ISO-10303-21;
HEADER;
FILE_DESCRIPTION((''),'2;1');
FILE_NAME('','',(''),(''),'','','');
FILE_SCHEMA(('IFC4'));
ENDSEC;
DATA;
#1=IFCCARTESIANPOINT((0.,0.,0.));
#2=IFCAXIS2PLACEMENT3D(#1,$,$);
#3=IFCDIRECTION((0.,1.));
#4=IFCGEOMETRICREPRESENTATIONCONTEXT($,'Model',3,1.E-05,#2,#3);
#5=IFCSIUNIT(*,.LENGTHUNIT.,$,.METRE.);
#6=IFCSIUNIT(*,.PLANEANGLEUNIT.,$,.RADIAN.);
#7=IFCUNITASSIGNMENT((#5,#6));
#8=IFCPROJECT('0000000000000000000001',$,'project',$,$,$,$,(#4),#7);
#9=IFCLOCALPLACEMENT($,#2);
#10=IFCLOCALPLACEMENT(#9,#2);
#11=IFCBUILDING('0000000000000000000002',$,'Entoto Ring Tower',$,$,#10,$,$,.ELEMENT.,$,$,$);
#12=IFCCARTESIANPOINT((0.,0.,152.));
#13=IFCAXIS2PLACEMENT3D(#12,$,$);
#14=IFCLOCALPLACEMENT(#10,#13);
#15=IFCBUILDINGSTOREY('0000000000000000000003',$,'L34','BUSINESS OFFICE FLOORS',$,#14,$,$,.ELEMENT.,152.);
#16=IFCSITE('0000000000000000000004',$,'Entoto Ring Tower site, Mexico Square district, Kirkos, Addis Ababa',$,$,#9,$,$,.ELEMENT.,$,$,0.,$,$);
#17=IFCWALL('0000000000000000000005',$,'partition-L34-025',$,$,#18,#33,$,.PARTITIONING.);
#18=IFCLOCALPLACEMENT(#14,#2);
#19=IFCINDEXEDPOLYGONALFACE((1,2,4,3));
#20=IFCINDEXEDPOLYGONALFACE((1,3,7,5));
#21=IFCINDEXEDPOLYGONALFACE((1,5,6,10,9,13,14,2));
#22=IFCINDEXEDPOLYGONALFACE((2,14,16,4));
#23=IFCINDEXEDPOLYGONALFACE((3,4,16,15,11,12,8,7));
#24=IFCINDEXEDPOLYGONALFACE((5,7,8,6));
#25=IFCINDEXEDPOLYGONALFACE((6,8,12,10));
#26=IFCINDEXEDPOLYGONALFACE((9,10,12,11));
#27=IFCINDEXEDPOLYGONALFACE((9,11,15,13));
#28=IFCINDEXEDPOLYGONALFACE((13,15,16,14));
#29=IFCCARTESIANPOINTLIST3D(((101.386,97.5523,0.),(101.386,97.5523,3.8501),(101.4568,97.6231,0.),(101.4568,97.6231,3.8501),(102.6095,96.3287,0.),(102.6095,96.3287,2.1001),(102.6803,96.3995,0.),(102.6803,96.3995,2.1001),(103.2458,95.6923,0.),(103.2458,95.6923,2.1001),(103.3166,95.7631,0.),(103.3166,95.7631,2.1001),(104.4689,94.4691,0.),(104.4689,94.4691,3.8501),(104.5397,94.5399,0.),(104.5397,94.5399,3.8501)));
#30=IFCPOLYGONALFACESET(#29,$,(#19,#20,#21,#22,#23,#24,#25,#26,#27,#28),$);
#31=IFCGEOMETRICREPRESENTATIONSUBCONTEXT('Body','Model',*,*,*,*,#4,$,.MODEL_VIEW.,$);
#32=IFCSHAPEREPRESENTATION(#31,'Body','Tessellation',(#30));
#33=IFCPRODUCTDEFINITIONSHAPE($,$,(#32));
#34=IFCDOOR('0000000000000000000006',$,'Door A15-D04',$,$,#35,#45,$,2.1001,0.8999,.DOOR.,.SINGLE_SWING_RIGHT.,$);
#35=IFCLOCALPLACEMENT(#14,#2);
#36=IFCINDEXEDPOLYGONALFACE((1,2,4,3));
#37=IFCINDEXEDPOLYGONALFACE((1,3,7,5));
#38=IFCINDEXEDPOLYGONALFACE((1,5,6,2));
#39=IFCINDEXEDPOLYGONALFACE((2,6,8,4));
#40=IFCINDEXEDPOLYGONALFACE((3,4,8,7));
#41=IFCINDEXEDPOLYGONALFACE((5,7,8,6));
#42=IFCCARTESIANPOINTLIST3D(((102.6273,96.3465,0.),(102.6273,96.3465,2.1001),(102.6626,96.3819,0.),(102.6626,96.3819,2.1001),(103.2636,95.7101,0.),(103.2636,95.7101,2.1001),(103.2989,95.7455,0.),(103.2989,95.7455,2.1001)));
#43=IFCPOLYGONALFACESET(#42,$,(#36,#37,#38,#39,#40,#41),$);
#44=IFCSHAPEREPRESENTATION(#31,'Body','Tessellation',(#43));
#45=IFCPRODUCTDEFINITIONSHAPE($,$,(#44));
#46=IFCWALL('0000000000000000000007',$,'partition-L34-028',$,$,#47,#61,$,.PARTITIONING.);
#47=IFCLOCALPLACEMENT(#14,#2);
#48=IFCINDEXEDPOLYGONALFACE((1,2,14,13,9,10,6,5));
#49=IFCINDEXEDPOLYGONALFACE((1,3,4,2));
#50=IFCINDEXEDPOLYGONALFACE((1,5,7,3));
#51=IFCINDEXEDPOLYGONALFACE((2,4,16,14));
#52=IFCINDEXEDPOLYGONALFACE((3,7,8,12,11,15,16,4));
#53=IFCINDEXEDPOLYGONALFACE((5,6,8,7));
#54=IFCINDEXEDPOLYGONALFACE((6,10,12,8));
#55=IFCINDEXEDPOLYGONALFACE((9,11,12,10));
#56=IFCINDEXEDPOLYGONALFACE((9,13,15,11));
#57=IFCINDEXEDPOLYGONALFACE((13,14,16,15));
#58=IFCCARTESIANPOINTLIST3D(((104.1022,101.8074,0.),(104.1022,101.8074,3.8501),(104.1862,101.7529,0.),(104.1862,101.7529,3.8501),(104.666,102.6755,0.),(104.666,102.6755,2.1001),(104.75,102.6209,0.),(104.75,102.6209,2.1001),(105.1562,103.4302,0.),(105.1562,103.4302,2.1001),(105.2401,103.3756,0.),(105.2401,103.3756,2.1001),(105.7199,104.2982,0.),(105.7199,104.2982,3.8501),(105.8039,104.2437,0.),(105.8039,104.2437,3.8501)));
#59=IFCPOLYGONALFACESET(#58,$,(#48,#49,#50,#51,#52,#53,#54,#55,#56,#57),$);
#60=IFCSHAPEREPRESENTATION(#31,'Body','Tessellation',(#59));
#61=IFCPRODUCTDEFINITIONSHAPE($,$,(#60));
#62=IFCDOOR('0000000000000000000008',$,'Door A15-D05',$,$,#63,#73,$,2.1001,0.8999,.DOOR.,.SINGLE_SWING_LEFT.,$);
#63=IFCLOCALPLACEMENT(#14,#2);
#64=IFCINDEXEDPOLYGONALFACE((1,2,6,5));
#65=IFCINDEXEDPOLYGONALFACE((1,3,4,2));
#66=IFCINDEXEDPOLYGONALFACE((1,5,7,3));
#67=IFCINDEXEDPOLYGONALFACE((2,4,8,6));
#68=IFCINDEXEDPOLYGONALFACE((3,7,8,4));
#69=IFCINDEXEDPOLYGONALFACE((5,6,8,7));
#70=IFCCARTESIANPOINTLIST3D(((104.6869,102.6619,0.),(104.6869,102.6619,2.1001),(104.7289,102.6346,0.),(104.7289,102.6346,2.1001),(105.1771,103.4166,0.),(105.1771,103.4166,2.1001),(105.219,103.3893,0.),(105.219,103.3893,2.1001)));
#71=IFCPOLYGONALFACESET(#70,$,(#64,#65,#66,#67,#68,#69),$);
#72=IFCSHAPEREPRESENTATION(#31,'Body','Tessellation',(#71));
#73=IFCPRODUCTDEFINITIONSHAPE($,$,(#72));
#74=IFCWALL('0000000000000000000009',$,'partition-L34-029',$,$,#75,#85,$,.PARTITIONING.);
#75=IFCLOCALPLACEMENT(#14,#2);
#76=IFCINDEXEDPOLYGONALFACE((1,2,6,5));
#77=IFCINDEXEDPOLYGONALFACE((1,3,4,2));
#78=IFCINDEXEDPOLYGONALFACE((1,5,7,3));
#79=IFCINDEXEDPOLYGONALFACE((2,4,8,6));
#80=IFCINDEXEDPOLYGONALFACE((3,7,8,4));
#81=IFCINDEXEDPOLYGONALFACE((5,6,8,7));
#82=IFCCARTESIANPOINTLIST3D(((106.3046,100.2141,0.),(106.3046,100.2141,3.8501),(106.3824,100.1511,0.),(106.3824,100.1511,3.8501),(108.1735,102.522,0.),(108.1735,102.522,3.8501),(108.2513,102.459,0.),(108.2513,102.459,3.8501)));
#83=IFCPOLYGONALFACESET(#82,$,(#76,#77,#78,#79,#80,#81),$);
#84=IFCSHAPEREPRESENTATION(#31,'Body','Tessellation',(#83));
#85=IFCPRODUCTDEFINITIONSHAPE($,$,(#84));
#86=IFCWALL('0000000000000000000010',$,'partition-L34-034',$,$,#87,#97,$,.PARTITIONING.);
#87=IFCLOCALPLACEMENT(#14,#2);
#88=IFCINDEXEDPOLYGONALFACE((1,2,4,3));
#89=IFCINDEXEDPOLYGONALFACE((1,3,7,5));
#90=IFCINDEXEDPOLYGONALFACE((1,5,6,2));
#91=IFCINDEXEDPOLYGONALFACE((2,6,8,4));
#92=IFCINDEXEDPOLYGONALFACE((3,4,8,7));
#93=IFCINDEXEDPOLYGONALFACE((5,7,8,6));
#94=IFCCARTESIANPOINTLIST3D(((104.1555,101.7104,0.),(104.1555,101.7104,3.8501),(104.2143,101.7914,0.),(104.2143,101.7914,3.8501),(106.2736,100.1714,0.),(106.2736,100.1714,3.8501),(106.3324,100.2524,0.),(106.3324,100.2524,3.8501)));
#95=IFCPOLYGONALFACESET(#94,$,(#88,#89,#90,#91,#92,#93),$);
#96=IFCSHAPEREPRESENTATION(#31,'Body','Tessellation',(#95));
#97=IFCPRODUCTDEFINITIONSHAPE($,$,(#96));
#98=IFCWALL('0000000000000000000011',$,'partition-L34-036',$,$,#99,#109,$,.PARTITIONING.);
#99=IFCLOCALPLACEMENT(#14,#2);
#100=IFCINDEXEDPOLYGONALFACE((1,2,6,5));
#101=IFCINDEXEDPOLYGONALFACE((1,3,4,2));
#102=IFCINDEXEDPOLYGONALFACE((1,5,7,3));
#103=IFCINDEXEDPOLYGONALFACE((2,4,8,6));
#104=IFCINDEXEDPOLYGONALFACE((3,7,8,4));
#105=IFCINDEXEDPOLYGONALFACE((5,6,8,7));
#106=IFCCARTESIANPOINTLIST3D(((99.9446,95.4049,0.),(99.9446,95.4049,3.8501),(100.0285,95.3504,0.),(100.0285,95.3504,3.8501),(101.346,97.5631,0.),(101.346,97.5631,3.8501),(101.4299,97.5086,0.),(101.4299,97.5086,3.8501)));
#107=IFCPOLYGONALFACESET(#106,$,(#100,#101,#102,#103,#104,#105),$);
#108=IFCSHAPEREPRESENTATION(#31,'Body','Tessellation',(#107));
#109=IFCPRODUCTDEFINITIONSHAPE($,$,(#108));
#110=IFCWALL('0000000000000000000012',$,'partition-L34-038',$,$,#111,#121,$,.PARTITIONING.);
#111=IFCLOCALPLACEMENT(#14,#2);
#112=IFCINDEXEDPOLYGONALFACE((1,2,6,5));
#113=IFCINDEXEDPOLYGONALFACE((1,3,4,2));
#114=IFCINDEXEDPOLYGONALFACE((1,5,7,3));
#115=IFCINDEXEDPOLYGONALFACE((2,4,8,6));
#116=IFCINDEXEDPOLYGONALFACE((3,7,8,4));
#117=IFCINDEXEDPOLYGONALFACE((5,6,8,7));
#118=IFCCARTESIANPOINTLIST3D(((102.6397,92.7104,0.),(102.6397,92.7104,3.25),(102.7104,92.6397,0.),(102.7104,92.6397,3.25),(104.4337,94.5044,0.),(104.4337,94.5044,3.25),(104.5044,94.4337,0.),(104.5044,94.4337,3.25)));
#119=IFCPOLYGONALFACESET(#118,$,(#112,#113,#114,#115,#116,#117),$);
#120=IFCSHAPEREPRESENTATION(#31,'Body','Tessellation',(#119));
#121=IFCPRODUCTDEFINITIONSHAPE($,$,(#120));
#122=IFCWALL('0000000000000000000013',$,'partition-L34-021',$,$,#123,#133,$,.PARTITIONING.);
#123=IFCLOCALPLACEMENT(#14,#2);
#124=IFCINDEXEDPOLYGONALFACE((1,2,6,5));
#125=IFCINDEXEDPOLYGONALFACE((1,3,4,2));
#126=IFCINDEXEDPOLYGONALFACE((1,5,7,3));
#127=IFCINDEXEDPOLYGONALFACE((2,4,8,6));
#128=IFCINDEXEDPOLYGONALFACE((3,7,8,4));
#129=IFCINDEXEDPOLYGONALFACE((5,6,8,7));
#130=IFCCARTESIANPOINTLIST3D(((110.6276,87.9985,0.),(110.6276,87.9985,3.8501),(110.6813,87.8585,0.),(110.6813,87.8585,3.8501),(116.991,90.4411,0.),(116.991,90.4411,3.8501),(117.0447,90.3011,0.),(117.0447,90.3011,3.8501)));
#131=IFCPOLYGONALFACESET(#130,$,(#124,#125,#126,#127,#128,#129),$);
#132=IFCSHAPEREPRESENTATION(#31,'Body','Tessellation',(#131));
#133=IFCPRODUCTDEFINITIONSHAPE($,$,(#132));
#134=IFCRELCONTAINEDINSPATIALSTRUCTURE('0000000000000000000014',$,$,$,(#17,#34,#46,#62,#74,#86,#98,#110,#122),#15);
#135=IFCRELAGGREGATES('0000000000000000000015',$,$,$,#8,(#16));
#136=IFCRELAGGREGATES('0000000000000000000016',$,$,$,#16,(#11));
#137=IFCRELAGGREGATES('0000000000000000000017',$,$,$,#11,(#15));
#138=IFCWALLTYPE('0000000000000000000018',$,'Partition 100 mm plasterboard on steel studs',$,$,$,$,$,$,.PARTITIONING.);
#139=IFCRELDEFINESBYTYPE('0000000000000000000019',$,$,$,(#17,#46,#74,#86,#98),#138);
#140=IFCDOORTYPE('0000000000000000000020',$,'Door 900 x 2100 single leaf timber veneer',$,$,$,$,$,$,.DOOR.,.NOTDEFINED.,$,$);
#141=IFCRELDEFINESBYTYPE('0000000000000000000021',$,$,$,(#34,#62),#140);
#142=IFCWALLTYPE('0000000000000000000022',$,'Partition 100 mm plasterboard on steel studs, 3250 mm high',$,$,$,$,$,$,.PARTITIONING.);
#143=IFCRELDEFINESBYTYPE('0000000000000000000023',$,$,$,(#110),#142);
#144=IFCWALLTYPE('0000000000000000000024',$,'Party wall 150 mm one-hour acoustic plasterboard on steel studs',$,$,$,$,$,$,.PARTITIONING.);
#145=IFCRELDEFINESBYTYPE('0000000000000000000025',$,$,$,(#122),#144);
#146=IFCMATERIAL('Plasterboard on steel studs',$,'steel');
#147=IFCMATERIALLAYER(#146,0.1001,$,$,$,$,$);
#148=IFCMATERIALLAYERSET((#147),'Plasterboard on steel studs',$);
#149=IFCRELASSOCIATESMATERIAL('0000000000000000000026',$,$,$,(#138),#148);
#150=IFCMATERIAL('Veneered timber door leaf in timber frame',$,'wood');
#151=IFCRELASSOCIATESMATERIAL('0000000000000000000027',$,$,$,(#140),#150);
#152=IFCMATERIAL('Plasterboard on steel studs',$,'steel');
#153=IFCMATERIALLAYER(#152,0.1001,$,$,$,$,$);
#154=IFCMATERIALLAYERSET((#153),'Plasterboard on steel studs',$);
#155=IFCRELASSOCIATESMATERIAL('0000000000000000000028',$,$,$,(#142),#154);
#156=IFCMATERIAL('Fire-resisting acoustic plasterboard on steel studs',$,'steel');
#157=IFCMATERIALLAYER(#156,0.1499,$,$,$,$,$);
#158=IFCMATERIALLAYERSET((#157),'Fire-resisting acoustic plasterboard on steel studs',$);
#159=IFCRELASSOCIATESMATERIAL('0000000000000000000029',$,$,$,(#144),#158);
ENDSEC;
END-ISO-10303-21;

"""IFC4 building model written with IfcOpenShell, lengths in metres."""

from ifc_helpers import new_model, si_unit, direction, frame, frame_2d, origin, place, context, subcontext, project, spatial, rectangle, extrude, material, layer, layer_set, type_object, element, fill, save


model = new_model("IFC4")

# Units and contexts
model_context = context("Model", 3, precision=1e-05, world=origin(), true_north=direction((0.0, 1.0)))
body_context = subcontext(model_context, "Body", "Model", "MODEL_VIEW")
ifc_project = project(units=[si_unit("LENGTHUNIT", "METRE"), si_unit("PLANEANGLEUNIT", "RADIAN")], contexts=[model_context])

# Site, building, storey
site_placement = place(None, origin())
site = spatial("IfcSite", under=ifc_project, at=site_placement, Name="Entoto Ring Tower site, Mexico Square district, Kirkos, Addis Ababa", CompositionType="ELEMENT", RefElevation=0.0)
building_placement = place(site_placement, origin())
building = spatial("IfcBuilding", under=site, at=building_placement, Name="Entoto Ring Tower", CompositionType="ELEMENT")
storey_placement = place(building_placement, frame((0.0, 0.0, 152.0)))
storey = spatial("IfcBuildingStorey", under=building, at=storey_placement, Name="L34", Description="BUSINESS OFFICE FLOORS", CompositionType="ELEMENT", Elevation=152.0)

# Walls, openings, doors
ifc_material_1 = material(Name="Plasterboard on steel studs", Category="steel")
ifc_layer_1 = layer(ifc_material_1, 0.1001)
ifc_layer_set_1 = layer_set([ifc_layer_1], Name="Plasterboard on steel studs")
wall_type_1 = type_object("IfcWallType", Name="Partition 100 mm plasterboard on steel studs", PredefinedType="PARTITIONING", material=ifc_layer_set_1)
wall_1_placement = place(storey_placement, frame((104.5044, 94.5044, 0.0), z_axis=(0.0, 0.0, 1.0), x_axis=(-0.707079, 0.707135, 0.0)))
wall_1 = element("IfcWall", 1, at=wall_1_placement, inside=storey, type_object=wall_type_1, Name="partition-L34-025", PredefinedType="PARTITIONING", context=body_context, shape_type="SweptSolid", body=[
    extrude(rectangle(XDim=4.3601, YDim=0.1001, at=frame_2d((2.1802, 0.0))), origin(), (0.0, 0.0, 1.0), 3.8501),
])
opening_1_placement = place(wall_1_placement, frame((1.73, 0.0, 0.0)))
opening_1 = element("IfcOpeningElement", 2, at=opening_1_placement, cuts=wall_1, PredefinedType="OPENING", context=body_context, shape_type="SweptSolid", body=[
    extrude(rectangle(XDim=0.8999, YDim=2.1001, at=frame_2d((0.45, 1.05))), frame((0.0, 0.0601, 0.0), z_axis=(0.0, -1.0, 0.0), x_axis=(1.0, 0.0, 0.0)), (0.0, 0.0, 1.0), 0.1201),
])
ifc_material_2 = material(Name="Veneered timber door leaf in timber frame", Category="wood")
door_type_1 = type_object("IfcDoorType", Name="Door 900 x 2100 single leaf timber veneer", OperationType="NOTDEFINED", PredefinedType="DOOR", material=ifc_material_2)
door_1_placement = place(opening_1_placement, origin())
door_1 = element("IfcDoor", 3, at=door_1_placement, inside=storey, type_object=door_type_1, Name="Door A15-D04", OperationType="SINGLE_SWING_RIGHT", OverallHeight=2.1001, OverallWidth=0.8999, PredefinedType="DOOR", context=body_context, shape_type="SweptSolid", body=[
    extrude(rectangle(XDim=0.8999, YDim=2.1001, at=frame_2d((0.45, 1.05))), frame((0.0, 0.0249, 0.0), z_axis=(0.0, -1.0, 0.0), x_axis=(1.0, 0.0, 0.0)), (0.0, 0.0, 1.0), 0.05),
])
fill(opening_1, door_1)
wall_2_placement = place(storey_placement, frame((104.1443, 101.7803, 0.0), z_axis=(0.0, 0.0, 1.0), x_axis=(0.544682, 0.838643, 0.0)))
wall_2 = element("IfcWall", 4, at=wall_2_placement, inside=storey, type_object=wall_type_1, Name="partition-L34-028", PredefinedType="PARTITIONING", context=body_context, shape_type="SweptSolid", body=[
    extrude(rectangle(XDim=2.97, YDim=0.1001, at=frame_2d((1.4849, 0.0))), origin(), (0.0, 0.0, 1.0), 3.8501),
])
opening_2_placement = place(wall_2_placement, frame((1.0349, 0.0, 0.0)))
opening_2 = element("IfcOpeningElement", 5, at=opening_2_placement, cuts=wall_2, PredefinedType="OPENING", context=body_context, shape_type="SweptSolid", body=[
    extrude(rectangle(XDim=0.8999, YDim=2.1001, at=frame_2d((0.45, 1.05))), frame((0.0, 0.0601, 0.0), z_axis=(0.0, -1.0, 0.0), x_axis=(1.0, 0.0, 0.0)), (0.0, 0.0, 1.0), 0.1201),
])
door_2_placement = place(opening_2_placement, frame((0.8999, 0.0, 0.0), z_axis=(0.0, 0.0, 1.0), x_axis=(-1.0, 0.0, 0.0)))
door_2 = element("IfcDoor", 6, at=door_2_placement, inside=storey, type_object=door_type_1, Name="Door A15-D05", OperationType="SINGLE_SWING_LEFT", OverallHeight=2.1001, OverallWidth=0.8999, PredefinedType="DOOR", context=body_context, shape_type="SweptSolid", body=[
    extrude(rectangle(XDim=0.8999, YDim=2.1001, at=frame_2d((0.45, 1.05))), frame((0.0, 0.0249, 0.0), z_axis=(0.0, -1.0, 0.0), x_axis=(1.0, 0.0, 0.0)), (0.0, 0.0, 1.0), 0.05),
])
fill(opening_2, door_2)

# Walls
wall_3_placement = place(storey_placement, frame((106.3435, 100.1826, 0.0), z_axis=(0.0, 0.0, 1.0), x_axis=(0.629326, 0.777141, 0.0)))
element("IfcWall", 7, at=wall_3_placement, inside=storey, type_object=wall_type_1, Name="partition-L34-029", PredefinedType="PARTITIONING", context=body_context, shape_type="SweptSolid", body=[
    extrude(rectangle(XDim=2.9697, YDim=0.1001, at=frame_2d((1.4849, 0.0))), origin(), (0.0, 0.0, 1.0), 3.8501),
])
wall_4_placement = place(storey_placement, frame((106.303, 100.2119, 0.0), z_axis=(0.0, 0.0, 1.0), x_axis=(-0.808994, 0.587817, 0.0)))
element("IfcWall", 8, at=wall_4_placement, inside=storey, type_object=wall_type_1, Name="partition-L34-034", PredefinedType="PARTITIONING", context=body_context, shape_type="SweptSolid", body=[
    extrude(rectangle(XDim=2.6182, YDim=0.1001, at=frame_2d((1.3091, 0.0))), origin(), (0.0, 0.0, 1.0), 3.8501),
])
wall_5_placement = place(storey_placement, frame((99.9866, 95.3777, 0.0), z_axis=(0.0, 0.0, 1.0), x_axis=(0.544588, 0.838704, 0.0)))
element("IfcWall", 9, at=wall_5_placement, inside=storey, type_object=wall_type_1, Name="partition-L34-036", PredefinedType="PARTITIONING", context=body_context, shape_type="SweptSolid", body=[
    extrude(rectangle(XDim=2.5732, YDim=0.1001, at=frame_2d((1.2866, 0.0))), origin(), (0.0, 0.0, 1.0), 3.8501),
])
ifc_material_3 = material(Name="Plasterboard on steel studs", Category="steel")
ifc_layer_2 = layer(ifc_material_3, 0.1001)
ifc_layer_set_2 = layer_set([ifc_layer_2], Name="Plasterboard on steel studs")
wall_type_2 = type_object("IfcWallType", Name="Partition 100 mm plasterboard on steel studs, 3250 mm high", PredefinedType="PARTITIONING", material=ifc_layer_set_2)
wall_6_placement = place(storey_placement, frame((102.675, 92.675, 0.0), z_axis=(0.0, 0.0, 1.0), x_axis=(0.707107, 0.707107, 0.0)))
element("IfcWall", 10, at=wall_6_placement, inside=storey, type_object=wall_type_2, Name="partition-L34-038", PredefinedType="PARTITIONING", context=body_context, shape_type="SweptSolid", body=[
    extrude(rectangle(XDim=2.5371, YDim=0.1001, at=frame_2d((1.2686, 0.0))), origin(), (0.0, 0.0, 1.0), 3.25),
])
ifc_material_4 = material(Name="Fire-resisting acoustic plasterboard on steel studs", Category="steel")
ifc_layer_3 = layer(ifc_material_4, 0.1499)
ifc_layer_set_3 = layer_set([ifc_layer_3], Name="Fire-resisting acoustic plasterboard on steel studs")
wall_type_3 = type_object("IfcWallType", Name="Party wall 150 mm one-hour acoustic plasterboard on steel studs", PredefinedType="PARTITIONING", material=ifc_layer_set_3)
wall_7_placement = place(storey_placement, frame((110.6543, 87.9285, 0.0), z_axis=(0.0, 0.0, 1.0), x_axis=(0.933585, 0.358355, 0.0)))
element("IfcWall", 11, at=wall_7_placement, inside=storey, type_object=wall_type_3, Name="partition-L34-021", PredefinedType="PARTITIONING", context=body_context, shape_type="SweptSolid", body=[
    extrude(rectangle(XDim=6.8162, YDim=0.1499, at=frame_2d((3.4082, 0.0))), origin(), (0.0, 0.0, 1.0), 3.8501),
])

save(model, "model.ifc")
